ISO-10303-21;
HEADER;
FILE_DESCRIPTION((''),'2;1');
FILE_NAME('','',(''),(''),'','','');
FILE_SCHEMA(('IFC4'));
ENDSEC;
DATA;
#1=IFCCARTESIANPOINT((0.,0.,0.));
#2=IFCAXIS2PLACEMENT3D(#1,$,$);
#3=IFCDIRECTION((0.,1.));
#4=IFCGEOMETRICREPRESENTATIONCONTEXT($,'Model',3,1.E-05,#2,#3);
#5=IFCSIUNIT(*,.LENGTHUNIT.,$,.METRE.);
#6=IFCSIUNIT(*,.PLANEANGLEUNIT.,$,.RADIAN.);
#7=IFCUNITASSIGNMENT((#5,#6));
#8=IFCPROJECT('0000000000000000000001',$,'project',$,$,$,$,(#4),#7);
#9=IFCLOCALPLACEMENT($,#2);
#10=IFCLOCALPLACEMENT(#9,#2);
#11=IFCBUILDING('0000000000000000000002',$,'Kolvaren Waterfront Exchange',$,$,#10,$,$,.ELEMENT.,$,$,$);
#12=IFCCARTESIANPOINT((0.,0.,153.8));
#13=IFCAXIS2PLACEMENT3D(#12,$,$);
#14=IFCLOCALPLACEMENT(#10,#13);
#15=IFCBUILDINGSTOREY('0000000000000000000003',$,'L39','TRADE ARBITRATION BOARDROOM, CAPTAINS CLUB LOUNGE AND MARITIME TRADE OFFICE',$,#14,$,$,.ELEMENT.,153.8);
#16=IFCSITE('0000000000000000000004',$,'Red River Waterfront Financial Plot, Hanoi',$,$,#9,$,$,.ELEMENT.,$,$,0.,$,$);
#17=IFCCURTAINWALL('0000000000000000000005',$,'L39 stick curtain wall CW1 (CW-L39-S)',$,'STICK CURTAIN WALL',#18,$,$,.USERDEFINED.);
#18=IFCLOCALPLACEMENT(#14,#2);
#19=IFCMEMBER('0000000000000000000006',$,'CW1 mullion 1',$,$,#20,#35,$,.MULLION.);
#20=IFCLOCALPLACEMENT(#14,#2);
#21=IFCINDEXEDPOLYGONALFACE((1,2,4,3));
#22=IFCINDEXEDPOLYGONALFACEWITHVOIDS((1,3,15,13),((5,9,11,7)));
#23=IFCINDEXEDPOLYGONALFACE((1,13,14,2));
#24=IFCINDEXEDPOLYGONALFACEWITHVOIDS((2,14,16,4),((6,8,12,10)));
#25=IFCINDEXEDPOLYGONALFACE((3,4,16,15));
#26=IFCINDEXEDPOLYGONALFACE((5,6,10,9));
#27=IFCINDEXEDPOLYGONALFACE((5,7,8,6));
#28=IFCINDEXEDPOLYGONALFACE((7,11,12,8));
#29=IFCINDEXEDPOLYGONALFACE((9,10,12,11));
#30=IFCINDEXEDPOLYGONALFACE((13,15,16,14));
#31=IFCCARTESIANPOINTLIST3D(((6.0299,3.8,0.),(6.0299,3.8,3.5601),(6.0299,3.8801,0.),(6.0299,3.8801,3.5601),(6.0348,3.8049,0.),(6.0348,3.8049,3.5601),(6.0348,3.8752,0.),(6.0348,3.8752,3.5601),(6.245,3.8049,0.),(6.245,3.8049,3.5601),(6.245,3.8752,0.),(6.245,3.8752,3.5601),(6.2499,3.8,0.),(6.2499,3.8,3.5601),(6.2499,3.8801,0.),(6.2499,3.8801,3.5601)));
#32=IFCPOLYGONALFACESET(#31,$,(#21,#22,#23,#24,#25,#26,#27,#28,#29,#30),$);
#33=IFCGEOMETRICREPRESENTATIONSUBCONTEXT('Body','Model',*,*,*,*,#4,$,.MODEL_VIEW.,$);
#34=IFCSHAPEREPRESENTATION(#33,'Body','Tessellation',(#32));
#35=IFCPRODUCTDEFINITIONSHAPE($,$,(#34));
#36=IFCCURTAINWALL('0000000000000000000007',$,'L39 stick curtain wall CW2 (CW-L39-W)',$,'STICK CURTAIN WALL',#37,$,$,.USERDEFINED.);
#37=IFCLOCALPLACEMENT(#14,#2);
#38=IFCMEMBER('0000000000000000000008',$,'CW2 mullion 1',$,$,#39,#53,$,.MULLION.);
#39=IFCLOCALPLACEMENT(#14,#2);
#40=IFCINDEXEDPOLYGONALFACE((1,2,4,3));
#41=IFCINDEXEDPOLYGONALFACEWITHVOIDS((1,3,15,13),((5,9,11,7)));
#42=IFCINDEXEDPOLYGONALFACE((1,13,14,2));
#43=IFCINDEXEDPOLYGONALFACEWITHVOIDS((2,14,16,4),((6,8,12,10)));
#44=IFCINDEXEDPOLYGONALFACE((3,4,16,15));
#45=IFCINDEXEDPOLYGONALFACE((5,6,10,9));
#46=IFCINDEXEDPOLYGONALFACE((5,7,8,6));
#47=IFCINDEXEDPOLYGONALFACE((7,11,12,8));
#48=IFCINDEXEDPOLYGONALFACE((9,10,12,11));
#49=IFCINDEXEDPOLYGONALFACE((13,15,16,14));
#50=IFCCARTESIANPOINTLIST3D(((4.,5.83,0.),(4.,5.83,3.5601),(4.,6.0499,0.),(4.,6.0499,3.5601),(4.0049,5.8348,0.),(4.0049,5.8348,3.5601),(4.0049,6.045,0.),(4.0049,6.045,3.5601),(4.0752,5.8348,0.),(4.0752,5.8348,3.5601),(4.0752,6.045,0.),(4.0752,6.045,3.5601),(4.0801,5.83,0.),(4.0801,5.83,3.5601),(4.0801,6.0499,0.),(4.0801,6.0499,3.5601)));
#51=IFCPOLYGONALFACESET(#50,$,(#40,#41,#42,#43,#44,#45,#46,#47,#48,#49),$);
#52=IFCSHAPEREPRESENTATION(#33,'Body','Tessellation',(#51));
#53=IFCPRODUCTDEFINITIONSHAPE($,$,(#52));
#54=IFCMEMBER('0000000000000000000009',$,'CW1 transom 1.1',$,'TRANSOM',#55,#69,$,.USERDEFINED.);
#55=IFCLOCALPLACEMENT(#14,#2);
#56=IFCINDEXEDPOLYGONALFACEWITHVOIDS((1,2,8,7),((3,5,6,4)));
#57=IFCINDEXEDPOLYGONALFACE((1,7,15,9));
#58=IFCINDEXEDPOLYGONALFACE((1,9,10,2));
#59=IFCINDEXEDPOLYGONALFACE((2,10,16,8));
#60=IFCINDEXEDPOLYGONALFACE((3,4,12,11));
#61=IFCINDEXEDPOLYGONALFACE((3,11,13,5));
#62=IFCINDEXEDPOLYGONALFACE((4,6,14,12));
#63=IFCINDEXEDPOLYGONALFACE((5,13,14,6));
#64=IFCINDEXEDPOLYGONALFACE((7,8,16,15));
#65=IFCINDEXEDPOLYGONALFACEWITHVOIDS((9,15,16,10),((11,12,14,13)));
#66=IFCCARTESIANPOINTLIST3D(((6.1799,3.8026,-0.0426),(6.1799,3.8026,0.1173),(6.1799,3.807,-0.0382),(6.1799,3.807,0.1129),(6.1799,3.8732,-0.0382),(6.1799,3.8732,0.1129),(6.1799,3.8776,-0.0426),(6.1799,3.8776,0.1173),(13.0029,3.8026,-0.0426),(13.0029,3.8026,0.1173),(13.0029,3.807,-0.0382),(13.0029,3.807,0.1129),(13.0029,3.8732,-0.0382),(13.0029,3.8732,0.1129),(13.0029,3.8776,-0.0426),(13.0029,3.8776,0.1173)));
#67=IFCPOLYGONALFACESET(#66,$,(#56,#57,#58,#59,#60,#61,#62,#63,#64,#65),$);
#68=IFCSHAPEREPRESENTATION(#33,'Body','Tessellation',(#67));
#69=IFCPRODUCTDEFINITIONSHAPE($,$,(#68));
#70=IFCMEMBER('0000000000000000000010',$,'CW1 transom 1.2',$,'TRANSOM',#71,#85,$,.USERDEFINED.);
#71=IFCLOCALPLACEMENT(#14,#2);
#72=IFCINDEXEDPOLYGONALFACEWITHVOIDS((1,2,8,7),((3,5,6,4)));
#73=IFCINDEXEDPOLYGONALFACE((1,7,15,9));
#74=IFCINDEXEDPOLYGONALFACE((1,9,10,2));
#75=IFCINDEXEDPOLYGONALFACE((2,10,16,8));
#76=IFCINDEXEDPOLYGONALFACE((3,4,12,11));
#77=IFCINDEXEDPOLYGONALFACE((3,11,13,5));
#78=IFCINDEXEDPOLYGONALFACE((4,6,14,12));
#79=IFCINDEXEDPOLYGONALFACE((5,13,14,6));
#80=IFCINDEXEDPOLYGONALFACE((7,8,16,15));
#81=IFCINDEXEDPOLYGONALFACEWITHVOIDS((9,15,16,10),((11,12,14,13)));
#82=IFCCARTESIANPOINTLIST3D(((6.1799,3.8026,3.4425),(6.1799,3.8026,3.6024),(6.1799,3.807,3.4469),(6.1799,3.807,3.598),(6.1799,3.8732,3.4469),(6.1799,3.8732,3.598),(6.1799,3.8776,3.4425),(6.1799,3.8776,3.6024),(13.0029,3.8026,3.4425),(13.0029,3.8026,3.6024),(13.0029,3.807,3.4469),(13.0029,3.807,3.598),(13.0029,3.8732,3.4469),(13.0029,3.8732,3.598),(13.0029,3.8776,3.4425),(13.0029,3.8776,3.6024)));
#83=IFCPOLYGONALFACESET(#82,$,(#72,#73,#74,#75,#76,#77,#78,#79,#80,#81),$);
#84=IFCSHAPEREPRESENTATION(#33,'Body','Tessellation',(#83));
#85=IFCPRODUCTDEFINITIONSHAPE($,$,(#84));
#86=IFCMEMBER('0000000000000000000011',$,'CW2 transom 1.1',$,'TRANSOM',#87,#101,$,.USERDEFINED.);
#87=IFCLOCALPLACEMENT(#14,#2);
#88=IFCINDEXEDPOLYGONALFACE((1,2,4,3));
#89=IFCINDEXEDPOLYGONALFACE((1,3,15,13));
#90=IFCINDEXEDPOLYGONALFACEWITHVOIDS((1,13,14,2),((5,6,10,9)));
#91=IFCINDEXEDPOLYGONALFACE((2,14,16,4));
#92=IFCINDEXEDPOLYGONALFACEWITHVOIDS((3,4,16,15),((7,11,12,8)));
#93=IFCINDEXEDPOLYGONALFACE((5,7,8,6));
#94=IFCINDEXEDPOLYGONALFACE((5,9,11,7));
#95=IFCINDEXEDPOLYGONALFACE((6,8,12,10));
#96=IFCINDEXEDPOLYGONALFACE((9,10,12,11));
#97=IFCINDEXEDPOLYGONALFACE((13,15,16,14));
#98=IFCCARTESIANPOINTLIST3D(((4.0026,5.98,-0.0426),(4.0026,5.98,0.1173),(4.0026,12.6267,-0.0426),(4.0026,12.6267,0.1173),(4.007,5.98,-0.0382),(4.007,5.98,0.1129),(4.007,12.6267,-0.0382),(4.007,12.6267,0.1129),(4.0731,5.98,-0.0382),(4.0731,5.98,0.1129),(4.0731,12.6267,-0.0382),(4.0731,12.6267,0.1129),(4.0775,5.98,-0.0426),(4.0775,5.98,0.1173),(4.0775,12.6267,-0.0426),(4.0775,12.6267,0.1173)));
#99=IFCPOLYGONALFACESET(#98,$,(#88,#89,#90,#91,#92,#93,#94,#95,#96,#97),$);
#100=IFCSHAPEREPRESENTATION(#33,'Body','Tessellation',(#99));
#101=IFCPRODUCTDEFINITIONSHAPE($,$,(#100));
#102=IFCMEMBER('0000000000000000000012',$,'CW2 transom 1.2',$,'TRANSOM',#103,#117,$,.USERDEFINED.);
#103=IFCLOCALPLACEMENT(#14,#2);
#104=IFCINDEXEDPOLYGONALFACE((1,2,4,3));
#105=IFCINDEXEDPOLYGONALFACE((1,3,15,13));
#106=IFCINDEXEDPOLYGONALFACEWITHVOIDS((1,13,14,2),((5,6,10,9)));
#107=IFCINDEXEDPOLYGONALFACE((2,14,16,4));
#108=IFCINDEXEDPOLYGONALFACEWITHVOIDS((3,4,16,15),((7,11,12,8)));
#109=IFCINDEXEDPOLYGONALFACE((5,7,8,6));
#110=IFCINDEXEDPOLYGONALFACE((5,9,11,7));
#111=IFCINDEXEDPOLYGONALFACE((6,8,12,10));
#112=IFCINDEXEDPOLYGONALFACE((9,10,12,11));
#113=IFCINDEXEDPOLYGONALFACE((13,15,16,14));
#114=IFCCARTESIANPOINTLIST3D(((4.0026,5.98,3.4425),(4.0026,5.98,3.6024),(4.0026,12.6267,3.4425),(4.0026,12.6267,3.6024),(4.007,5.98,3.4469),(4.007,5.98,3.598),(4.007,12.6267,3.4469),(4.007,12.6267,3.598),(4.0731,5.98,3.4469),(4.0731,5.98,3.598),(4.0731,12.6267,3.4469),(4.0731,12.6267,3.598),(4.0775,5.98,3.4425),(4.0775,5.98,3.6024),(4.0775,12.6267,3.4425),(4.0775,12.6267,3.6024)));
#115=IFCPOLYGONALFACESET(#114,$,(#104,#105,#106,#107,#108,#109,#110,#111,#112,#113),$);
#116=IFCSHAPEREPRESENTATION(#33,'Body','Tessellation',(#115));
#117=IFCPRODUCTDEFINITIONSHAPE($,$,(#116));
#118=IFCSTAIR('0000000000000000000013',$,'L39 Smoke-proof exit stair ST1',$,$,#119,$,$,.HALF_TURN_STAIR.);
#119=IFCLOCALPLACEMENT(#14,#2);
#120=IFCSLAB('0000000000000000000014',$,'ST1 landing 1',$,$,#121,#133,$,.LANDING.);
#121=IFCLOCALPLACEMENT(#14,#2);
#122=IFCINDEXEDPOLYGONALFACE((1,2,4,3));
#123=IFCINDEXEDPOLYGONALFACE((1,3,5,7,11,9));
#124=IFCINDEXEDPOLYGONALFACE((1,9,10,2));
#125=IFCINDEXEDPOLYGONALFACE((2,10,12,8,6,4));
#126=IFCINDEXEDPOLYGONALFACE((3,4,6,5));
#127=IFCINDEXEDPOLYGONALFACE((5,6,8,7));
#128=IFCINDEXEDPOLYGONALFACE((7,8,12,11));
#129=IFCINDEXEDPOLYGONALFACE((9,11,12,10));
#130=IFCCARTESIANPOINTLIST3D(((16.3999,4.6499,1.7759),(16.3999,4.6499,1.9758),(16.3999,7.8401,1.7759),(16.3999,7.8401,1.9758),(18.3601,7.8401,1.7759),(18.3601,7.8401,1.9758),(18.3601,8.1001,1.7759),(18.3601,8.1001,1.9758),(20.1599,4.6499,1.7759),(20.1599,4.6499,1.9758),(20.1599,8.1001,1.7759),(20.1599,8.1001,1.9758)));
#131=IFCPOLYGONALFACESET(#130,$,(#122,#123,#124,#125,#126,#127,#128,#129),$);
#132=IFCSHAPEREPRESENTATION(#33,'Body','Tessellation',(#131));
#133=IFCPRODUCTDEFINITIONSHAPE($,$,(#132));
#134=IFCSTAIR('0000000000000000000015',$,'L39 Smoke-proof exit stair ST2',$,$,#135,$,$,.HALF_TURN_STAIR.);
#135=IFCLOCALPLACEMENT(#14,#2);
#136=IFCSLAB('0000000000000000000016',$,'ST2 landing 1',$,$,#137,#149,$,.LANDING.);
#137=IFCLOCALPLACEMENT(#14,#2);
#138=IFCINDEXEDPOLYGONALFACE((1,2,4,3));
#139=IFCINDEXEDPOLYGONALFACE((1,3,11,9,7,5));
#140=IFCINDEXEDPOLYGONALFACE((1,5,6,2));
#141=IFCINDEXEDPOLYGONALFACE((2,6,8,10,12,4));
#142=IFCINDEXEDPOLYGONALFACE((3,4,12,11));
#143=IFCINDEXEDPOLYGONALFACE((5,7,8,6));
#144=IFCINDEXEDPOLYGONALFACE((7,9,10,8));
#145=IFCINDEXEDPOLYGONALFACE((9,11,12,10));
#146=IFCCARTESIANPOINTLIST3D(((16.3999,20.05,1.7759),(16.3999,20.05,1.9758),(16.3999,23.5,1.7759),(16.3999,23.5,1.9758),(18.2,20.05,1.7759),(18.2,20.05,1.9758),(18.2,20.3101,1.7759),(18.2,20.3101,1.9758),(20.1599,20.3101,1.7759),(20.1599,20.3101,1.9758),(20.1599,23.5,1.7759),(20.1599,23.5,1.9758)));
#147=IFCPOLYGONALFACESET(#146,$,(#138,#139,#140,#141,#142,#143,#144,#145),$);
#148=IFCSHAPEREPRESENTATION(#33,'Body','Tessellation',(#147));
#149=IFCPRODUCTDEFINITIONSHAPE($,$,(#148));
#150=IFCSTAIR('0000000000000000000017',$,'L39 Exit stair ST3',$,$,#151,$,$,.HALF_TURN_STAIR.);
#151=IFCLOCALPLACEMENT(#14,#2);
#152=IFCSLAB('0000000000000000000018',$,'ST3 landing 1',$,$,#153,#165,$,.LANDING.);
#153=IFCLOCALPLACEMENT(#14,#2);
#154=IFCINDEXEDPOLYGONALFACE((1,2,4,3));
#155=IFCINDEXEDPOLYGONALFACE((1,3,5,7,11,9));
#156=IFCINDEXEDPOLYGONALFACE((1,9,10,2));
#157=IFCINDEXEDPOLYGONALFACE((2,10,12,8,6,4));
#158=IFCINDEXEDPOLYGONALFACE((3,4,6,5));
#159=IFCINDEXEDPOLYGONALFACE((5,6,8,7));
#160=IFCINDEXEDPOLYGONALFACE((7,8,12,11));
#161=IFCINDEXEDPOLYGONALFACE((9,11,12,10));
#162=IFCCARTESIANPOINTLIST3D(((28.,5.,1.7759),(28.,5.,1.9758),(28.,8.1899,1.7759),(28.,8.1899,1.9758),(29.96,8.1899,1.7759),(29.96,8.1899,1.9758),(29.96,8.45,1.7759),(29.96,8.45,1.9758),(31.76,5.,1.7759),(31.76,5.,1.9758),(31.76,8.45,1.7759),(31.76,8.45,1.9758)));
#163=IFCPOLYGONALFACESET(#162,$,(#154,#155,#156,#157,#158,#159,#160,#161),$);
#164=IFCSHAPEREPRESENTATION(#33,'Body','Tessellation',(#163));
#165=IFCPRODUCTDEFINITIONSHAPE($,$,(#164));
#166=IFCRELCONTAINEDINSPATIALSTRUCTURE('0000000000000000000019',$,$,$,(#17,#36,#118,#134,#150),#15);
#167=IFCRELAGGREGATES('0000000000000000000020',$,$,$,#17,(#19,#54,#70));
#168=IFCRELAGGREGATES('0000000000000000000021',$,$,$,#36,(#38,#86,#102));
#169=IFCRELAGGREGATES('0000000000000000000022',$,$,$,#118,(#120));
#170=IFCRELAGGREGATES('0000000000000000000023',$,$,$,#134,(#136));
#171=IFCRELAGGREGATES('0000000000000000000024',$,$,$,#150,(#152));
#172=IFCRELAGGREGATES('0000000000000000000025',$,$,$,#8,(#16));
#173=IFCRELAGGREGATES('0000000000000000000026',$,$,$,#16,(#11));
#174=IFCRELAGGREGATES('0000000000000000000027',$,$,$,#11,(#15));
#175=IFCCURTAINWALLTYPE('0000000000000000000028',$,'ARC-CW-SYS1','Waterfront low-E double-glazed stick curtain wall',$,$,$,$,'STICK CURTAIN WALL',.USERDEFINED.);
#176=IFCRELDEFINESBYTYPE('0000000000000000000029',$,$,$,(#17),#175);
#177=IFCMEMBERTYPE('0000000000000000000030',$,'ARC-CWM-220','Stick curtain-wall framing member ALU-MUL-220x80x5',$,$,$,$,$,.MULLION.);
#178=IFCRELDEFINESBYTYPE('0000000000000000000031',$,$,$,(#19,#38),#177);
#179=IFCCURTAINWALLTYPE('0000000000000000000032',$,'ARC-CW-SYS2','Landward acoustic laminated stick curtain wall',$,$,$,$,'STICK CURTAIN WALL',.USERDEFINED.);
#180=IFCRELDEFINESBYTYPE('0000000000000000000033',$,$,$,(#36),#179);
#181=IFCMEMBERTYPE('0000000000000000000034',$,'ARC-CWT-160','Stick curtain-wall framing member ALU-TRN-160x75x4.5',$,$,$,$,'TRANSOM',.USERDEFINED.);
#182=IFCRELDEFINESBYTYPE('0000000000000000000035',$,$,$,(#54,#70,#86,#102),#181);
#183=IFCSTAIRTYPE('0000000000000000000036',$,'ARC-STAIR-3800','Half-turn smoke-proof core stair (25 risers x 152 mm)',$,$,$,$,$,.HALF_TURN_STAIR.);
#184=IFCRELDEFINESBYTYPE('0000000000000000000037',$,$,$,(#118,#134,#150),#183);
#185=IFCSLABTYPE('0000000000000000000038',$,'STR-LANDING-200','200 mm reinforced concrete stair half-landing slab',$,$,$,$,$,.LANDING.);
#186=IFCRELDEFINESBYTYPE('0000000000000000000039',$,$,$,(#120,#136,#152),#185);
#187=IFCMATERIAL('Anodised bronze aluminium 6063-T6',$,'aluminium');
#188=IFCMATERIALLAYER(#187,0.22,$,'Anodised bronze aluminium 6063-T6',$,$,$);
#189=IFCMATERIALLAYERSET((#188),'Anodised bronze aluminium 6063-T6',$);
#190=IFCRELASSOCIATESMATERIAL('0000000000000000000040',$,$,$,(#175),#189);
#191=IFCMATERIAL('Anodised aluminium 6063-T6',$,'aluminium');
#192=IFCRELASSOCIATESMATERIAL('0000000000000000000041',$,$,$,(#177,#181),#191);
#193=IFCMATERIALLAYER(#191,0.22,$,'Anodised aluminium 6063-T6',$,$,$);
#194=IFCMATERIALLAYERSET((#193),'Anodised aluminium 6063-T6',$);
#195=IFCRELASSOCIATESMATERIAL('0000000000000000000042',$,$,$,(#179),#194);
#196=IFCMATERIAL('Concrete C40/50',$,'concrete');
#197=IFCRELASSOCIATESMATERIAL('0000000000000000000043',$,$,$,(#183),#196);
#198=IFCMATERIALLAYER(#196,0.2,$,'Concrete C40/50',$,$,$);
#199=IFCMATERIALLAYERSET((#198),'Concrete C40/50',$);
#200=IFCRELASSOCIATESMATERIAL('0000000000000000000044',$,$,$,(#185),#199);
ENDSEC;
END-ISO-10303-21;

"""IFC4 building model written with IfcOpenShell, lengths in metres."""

from ifc_helpers import new_model, si_unit, direction, frame, origin, origin_with_axes, origin_2d, place, context, subcontext, project, spatial, polyline, hollow_rectangle, outline, extrude, source, transform, mapped, material, layer, layer_set, material_profile, profile_set, type_object, element, aggregate, save


model = new_model("IFC4")

# Units and contexts
model_context = context("Model", 3, precision=1e-05, world=origin(), true_north=direction((0.0, 1.0)))
body_context = subcontext(model_context, "Body", "Model", "MODEL_VIEW")
ifc_project = project(units=[si_unit("LENGTHUNIT", "METRE"), si_unit("PLANEANGLEUNIT", "RADIAN")], contexts=[model_context])

# Site, building, storey
site_placement = place(None, origin())
site = spatial("IfcSite", under=ifc_project, at=site_placement, Name="Red River Waterfront Financial Plot, Hanoi", CompositionType="ELEMENT", RefElevation=0.0)
building_placement = place(site_placement, origin())
building = spatial("IfcBuilding", under=site, at=building_placement, Name="Kolvaren Waterfront Exchange", CompositionType="ELEMENT")
storey_placement = place(building_placement, frame((0.0, 0.0, 153.8)))
storey = spatial("IfcBuildingStorey", under=building, at=storey_placement, Name="L39", Description="TRADE ARBITRATION BOARDROOM, CAPTAINS CLUB LOUNGE AND MARITIME TRADE OFFICE", CompositionType="ELEMENT", Elevation=153.8)

# Curtain walls, members
ifc_material_1 = material(Name="Anodised bronze aluminium 6063-T6", Category="aluminium")
ifc_layer_1 = layer(ifc_material_1, 0.22, Name="Anodised bronze aluminium 6063-T6")
ifc_layer_set_1 = layer_set([ifc_layer_1], Name="Anodised bronze aluminium 6063-T6")
curtain_wall_type_1 = type_object("IfcCurtainWallType", Name="ARC-CW-SYS1", Description="Waterfront low-E double-glazed stick curtain wall", ElementType="STICK CURTAIN WALL", PredefinedType="USERDEFINED", material=ifc_layer_set_1)
curtain_wall_1_placement = place(storey_placement, origin())
curtain_wall_1 = element("IfcCurtainWall", 1, at=curtain_wall_1_placement, inside=storey, type_object=curtain_wall_type_1, Name="L39 stick curtain wall CW1 (CW-L39-S)", ObjectType="STICK CURTAIN WALL", PredefinedType="USERDEFINED")
ifc_material_2 = material(Name="Anodised aluminium 6063-T6", Category="aluminium")
ifc_material_profile_1 = material_profile(ifc_material_2, hollow_rectangle(XDim=0.0801, YDim=0.22, WallThickness=0.0049, at=origin_2d()), Name="ALU-MUL-220x80x5")
ifc_profile_set_1 = profile_set([ifc_material_profile_1], Name="Anodised aluminium 6063-T6")
member_type_1 = type_object("IfcMemberType", Name="ARC-CWM-220", Description="Stick curtain-wall framing member ALU-MUL-220x80x5", PredefinedType="MULLION", material=ifc_profile_set_1)
shared_shape_1 = source(origin_with_axes(), body_context, "Body", "SweptSolid", [
    extrude(hollow_rectangle(XDim=0.0801, YDim=0.22, WallThickness=0.0049, at=origin_2d()), origin(), (0.0, 0.0, 1.0), 3.5601),
])
member_1_placement = place(storey_placement, frame((6.1399, 3.8401, 0.0), z_axis=(0.0, 0.0, 1.0), x_axis=(0.0, 1.0, 0.0)))
member_1 = element("IfcMember", 2, at=member_1_placement, type_object=member_type_1, Name="CW1 mullion 1", PredefinedType="MULLION", context=body_context, shape_type="MappedRepresentation", body=[
    mapped(shared_shape_1, transform((0.0, 0.0, 0.0), x_axis=(1.0, 0.0, 0.0), y_axis=(0.0, 1.0, 0.0), z_axis=(0.0, 0.0, 1.0), scale=1.0)),
])
ifc_layer_2 = layer(ifc_material_2, 0.22, Name="Anodised aluminium 6063-T6")
ifc_layer_set_2 = layer_set([ifc_layer_2], Name="Anodised aluminium 6063-T6")
curtain_wall_type_2 = type_object("IfcCurtainWallType", Name="ARC-CW-SYS2", Description="Landward acoustic laminated stick curtain wall", ElementType="STICK CURTAIN WALL", PredefinedType="USERDEFINED", material=ifc_layer_set_2)
curtain_wall_2_placement = place(storey_placement, origin())
curtain_wall_2 = element("IfcCurtainWall", 3, at=curtain_wall_2_placement, inside=storey, type_object=curtain_wall_type_2, Name="L39 stick curtain wall CW2 (CW-L39-W)", ObjectType="STICK CURTAIN WALL", PredefinedType="USERDEFINED")
member_2_placement = place(storey_placement, frame((4.04, 5.9399, 0.0), z_axis=(0.0, 0.0, 1.0), x_axis=(-1.0, 0.0, 0.0)))
member_2 = element("IfcMember", 4, at=member_2_placement, type_object=member_type_1, Name="CW2 mullion 1", PredefinedType="MULLION", context=body_context, shape_type="MappedRepresentation", body=[
    mapped(shared_shape_1, transform((0.0, 0.0, 0.0), x_axis=(1.0, 0.0, 0.0), y_axis=(0.0, 1.0, 0.0), z_axis=(0.0, 0.0, 1.0), scale=1.0)),
])

# Members
ifc_material_profile_2 = material_profile(ifc_material_2, hollow_rectangle(XDim=0.075, YDim=0.1599, WallThickness=0.0044, at=origin_2d()), Name="ALU-TRN-160x75x4.5")
ifc_profile_set_2 = profile_set([ifc_material_profile_2], Name="Anodised aluminium 6063-T6")
member_type_2 = type_object("IfcMemberType", Name="ARC-CWT-160", Description="Stick curtain-wall framing member ALU-TRN-160x75x4.5", ElementType="TRANSOM", PredefinedType="USERDEFINED", material=ifc_profile_set_2)
shared_shape_2 = source(origin_with_axes(), body_context, "Body", "SweptSolid", [
    extrude(hollow_rectangle(XDim=0.075, YDim=0.1599, WallThickness=0.0044, at=origin_2d()), origin(), (0.0, 0.0, 1.0), 6.823),
])
member_3_placement = place(storey_placement, frame((6.1799, 3.8401, 0.0374), z_axis=(1.0, 0.0, 0.0), x_axis=(0.0, 1.0, 0.0)))
member_3 = element("IfcMember", 5, at=member_3_placement, type_object=member_type_2, Name="CW1 transom 1.1", ObjectType="TRANSOM", PredefinedType="USERDEFINED", context=body_context, shape_type="MappedRepresentation", body=[
    mapped(shared_shape_2, transform((0.0, 0.0, 0.0), x_axis=(1.0, 0.0, 0.0), y_axis=(0.0, 1.0, 0.0), z_axis=(0.0, 0.0, 1.0), scale=1.0)),
])
member_4_placement = place(storey_placement, frame((6.1799, 3.8401, 3.5225), z_axis=(1.0, 0.0, 0.0), x_axis=(0.0, 1.0, 0.0)))
member_4 = element("IfcMember", 6, at=member_4_placement, type_object=member_type_2, Name="CW1 transom 1.2", ObjectType="TRANSOM", PredefinedType="USERDEFINED", context=body_context, shape_type="MappedRepresentation", body=[
    mapped(shared_shape_2, transform((0.0, 0.0, 0.0), x_axis=(1.0, 0.0, 0.0), y_axis=(0.0, 1.0, 0.0), z_axis=(0.0, 0.0, 1.0), scale=1.0)),
])
aggregate(curtain_wall_1, [member_1, member_3, member_4])
shared_shape_3 = source(origin_with_axes(), body_context, "Body", "SweptSolid", [
    extrude(hollow_rectangle(XDim=0.075, YDim=0.1599, WallThickness=0.0044, at=origin_2d()), origin(), (0.0, 0.0, 1.0), 6.6467),
])
member_5_placement = place(storey_placement, frame((4.04, 5.98, 0.0374), z_axis=(0.0, 1.0, 0.0), x_axis=(-1.0, 0.0, 0.0)))
member_5 = element("IfcMember", 7, at=member_5_placement, type_object=member_type_2, Name="CW2 transom 1.1", ObjectType="TRANSOM", PredefinedType="USERDEFINED", context=body_context, shape_type="MappedRepresentation", body=[
    mapped(shared_shape_3, transform((0.0, 0.0, 0.0), x_axis=(1.0, 0.0, 0.0), y_axis=(0.0, 1.0, 0.0), z_axis=(0.0, 0.0, 1.0), scale=1.0)),
])
member_6_placement = place(storey_placement, frame((4.04, 5.98, 3.5225), z_axis=(0.0, 1.0, 0.0), x_axis=(-1.0, 0.0, 0.0)))
member_6 = element("IfcMember", 8, at=member_6_placement, type_object=member_type_2, Name="CW2 transom 1.2", ObjectType="TRANSOM", PredefinedType="USERDEFINED", context=body_context, shape_type="MappedRepresentation", body=[
    mapped(shared_shape_3, transform((0.0, 0.0, 0.0), x_axis=(1.0, 0.0, 0.0), y_axis=(0.0, 1.0, 0.0), z_axis=(0.0, 0.0, 1.0), scale=1.0)),
])
aggregate(curtain_wall_2, [member_2, member_5, member_6])

# Stairs, slabs
ifc_material_3 = material(Name="Concrete C40/50", Category="concrete")
stair_type = type_object("IfcStairType", Name="ARC-STAIR-3800", Description="Half-turn smoke-proof core stair (25 risers x 152 mm)", PredefinedType="HALF_TURN_STAIR", material=ifc_material_3)
stair_1_placement = place(storey_placement, origin())
stair_1 = element("IfcStair", 9, at=stair_1_placement, inside=storey, type_object=stair_type, Name="L39 Smoke-proof exit stair ST1", PredefinedType="HALF_TURN_STAIR")
ifc_layer_3 = layer(ifc_material_3, 0.2, Name="Concrete C40/50")
ifc_layer_set_3 = layer_set([ifc_layer_3], Name="Concrete C40/50")
slab_type_1 = type_object("IfcSlabType", Name="STR-LANDING-200", Description="200 mm reinforced concrete stair half-landing slab", PredefinedType="LANDING", material=ifc_layer_set_3)
slab_1_placement = place(storey_placement, frame((0.0, 0.0, 1.7759)))
slab_1 = element("IfcSlab", 10, at=slab_1_placement, type_object=slab_type_1, Name="ST1 landing 1", PredefinedType="LANDING", context=body_context, shape_type="SweptSolid", body=[
    extrude(outline(polyline([(16.3999, 7.8401), (16.3999, 4.6499), (20.1599, 4.6499), (20.1599, 8.1001), (18.3601, 8.1001), (18.3601, 7.8401), (16.3999, 7.8401)])), origin(), (0.0, 0.0, 1.0), 0.2),
])
aggregate(stair_1, [slab_1])
stair_2_placement = place(storey_placement, origin())
stair_2 = element("IfcStair", 11, at=stair_2_placement, inside=storey, type_object=stair_type, Name="L39 Smoke-proof exit stair ST2", PredefinedType="HALF_TURN_STAIR")
slab_2_placement = place(storey_placement, frame((0.0, 0.0, 1.7759)))
slab_2 = element("IfcSlab", 12, at=slab_2_placement, type_object=slab_type_1, Name="ST2 landing 1", PredefinedType="LANDING", context=body_context, shape_type="SweptSolid", body=[
    extrude(outline(polyline([(20.1599, 20.3101), (20.1599, 23.5), (16.3999, 23.5), (16.3999, 20.05), (18.2, 20.05), (18.2, 20.3101), (20.1599, 20.3101)])), origin(), (0.0, 0.0, 1.0), 0.2),
])
aggregate(stair_2, [slab_2])
stair_3_placement = place(storey_placement, origin())
stair_3 = element("IfcStair", 13, at=stair_3_placement, inside=storey, type_object=stair_type, Name="L39 Exit stair ST3", PredefinedType="HALF_TURN_STAIR")
slab_3_placement = place(storey_placement, frame((0.0, 0.0, 1.7759)))
slab_3 = element("IfcSlab", 14, at=slab_3_placement, type_object=slab_type_1, Name="ST3 landing 1", PredefinedType="LANDING", context=body_context, shape_type="SweptSolid", body=[
    extrude(outline(polyline([(28.0, 8.1899), (28.0, 5.0), (31.76, 5.0), (31.76, 8.45), (29.96, 8.45), (29.96, 8.1899), (28.0, 8.1899)])), origin(), (0.0, 0.0, 1.0), 0.2),
])
aggregate(stair_3, [slab_3])

save(model, "model.ifc")
